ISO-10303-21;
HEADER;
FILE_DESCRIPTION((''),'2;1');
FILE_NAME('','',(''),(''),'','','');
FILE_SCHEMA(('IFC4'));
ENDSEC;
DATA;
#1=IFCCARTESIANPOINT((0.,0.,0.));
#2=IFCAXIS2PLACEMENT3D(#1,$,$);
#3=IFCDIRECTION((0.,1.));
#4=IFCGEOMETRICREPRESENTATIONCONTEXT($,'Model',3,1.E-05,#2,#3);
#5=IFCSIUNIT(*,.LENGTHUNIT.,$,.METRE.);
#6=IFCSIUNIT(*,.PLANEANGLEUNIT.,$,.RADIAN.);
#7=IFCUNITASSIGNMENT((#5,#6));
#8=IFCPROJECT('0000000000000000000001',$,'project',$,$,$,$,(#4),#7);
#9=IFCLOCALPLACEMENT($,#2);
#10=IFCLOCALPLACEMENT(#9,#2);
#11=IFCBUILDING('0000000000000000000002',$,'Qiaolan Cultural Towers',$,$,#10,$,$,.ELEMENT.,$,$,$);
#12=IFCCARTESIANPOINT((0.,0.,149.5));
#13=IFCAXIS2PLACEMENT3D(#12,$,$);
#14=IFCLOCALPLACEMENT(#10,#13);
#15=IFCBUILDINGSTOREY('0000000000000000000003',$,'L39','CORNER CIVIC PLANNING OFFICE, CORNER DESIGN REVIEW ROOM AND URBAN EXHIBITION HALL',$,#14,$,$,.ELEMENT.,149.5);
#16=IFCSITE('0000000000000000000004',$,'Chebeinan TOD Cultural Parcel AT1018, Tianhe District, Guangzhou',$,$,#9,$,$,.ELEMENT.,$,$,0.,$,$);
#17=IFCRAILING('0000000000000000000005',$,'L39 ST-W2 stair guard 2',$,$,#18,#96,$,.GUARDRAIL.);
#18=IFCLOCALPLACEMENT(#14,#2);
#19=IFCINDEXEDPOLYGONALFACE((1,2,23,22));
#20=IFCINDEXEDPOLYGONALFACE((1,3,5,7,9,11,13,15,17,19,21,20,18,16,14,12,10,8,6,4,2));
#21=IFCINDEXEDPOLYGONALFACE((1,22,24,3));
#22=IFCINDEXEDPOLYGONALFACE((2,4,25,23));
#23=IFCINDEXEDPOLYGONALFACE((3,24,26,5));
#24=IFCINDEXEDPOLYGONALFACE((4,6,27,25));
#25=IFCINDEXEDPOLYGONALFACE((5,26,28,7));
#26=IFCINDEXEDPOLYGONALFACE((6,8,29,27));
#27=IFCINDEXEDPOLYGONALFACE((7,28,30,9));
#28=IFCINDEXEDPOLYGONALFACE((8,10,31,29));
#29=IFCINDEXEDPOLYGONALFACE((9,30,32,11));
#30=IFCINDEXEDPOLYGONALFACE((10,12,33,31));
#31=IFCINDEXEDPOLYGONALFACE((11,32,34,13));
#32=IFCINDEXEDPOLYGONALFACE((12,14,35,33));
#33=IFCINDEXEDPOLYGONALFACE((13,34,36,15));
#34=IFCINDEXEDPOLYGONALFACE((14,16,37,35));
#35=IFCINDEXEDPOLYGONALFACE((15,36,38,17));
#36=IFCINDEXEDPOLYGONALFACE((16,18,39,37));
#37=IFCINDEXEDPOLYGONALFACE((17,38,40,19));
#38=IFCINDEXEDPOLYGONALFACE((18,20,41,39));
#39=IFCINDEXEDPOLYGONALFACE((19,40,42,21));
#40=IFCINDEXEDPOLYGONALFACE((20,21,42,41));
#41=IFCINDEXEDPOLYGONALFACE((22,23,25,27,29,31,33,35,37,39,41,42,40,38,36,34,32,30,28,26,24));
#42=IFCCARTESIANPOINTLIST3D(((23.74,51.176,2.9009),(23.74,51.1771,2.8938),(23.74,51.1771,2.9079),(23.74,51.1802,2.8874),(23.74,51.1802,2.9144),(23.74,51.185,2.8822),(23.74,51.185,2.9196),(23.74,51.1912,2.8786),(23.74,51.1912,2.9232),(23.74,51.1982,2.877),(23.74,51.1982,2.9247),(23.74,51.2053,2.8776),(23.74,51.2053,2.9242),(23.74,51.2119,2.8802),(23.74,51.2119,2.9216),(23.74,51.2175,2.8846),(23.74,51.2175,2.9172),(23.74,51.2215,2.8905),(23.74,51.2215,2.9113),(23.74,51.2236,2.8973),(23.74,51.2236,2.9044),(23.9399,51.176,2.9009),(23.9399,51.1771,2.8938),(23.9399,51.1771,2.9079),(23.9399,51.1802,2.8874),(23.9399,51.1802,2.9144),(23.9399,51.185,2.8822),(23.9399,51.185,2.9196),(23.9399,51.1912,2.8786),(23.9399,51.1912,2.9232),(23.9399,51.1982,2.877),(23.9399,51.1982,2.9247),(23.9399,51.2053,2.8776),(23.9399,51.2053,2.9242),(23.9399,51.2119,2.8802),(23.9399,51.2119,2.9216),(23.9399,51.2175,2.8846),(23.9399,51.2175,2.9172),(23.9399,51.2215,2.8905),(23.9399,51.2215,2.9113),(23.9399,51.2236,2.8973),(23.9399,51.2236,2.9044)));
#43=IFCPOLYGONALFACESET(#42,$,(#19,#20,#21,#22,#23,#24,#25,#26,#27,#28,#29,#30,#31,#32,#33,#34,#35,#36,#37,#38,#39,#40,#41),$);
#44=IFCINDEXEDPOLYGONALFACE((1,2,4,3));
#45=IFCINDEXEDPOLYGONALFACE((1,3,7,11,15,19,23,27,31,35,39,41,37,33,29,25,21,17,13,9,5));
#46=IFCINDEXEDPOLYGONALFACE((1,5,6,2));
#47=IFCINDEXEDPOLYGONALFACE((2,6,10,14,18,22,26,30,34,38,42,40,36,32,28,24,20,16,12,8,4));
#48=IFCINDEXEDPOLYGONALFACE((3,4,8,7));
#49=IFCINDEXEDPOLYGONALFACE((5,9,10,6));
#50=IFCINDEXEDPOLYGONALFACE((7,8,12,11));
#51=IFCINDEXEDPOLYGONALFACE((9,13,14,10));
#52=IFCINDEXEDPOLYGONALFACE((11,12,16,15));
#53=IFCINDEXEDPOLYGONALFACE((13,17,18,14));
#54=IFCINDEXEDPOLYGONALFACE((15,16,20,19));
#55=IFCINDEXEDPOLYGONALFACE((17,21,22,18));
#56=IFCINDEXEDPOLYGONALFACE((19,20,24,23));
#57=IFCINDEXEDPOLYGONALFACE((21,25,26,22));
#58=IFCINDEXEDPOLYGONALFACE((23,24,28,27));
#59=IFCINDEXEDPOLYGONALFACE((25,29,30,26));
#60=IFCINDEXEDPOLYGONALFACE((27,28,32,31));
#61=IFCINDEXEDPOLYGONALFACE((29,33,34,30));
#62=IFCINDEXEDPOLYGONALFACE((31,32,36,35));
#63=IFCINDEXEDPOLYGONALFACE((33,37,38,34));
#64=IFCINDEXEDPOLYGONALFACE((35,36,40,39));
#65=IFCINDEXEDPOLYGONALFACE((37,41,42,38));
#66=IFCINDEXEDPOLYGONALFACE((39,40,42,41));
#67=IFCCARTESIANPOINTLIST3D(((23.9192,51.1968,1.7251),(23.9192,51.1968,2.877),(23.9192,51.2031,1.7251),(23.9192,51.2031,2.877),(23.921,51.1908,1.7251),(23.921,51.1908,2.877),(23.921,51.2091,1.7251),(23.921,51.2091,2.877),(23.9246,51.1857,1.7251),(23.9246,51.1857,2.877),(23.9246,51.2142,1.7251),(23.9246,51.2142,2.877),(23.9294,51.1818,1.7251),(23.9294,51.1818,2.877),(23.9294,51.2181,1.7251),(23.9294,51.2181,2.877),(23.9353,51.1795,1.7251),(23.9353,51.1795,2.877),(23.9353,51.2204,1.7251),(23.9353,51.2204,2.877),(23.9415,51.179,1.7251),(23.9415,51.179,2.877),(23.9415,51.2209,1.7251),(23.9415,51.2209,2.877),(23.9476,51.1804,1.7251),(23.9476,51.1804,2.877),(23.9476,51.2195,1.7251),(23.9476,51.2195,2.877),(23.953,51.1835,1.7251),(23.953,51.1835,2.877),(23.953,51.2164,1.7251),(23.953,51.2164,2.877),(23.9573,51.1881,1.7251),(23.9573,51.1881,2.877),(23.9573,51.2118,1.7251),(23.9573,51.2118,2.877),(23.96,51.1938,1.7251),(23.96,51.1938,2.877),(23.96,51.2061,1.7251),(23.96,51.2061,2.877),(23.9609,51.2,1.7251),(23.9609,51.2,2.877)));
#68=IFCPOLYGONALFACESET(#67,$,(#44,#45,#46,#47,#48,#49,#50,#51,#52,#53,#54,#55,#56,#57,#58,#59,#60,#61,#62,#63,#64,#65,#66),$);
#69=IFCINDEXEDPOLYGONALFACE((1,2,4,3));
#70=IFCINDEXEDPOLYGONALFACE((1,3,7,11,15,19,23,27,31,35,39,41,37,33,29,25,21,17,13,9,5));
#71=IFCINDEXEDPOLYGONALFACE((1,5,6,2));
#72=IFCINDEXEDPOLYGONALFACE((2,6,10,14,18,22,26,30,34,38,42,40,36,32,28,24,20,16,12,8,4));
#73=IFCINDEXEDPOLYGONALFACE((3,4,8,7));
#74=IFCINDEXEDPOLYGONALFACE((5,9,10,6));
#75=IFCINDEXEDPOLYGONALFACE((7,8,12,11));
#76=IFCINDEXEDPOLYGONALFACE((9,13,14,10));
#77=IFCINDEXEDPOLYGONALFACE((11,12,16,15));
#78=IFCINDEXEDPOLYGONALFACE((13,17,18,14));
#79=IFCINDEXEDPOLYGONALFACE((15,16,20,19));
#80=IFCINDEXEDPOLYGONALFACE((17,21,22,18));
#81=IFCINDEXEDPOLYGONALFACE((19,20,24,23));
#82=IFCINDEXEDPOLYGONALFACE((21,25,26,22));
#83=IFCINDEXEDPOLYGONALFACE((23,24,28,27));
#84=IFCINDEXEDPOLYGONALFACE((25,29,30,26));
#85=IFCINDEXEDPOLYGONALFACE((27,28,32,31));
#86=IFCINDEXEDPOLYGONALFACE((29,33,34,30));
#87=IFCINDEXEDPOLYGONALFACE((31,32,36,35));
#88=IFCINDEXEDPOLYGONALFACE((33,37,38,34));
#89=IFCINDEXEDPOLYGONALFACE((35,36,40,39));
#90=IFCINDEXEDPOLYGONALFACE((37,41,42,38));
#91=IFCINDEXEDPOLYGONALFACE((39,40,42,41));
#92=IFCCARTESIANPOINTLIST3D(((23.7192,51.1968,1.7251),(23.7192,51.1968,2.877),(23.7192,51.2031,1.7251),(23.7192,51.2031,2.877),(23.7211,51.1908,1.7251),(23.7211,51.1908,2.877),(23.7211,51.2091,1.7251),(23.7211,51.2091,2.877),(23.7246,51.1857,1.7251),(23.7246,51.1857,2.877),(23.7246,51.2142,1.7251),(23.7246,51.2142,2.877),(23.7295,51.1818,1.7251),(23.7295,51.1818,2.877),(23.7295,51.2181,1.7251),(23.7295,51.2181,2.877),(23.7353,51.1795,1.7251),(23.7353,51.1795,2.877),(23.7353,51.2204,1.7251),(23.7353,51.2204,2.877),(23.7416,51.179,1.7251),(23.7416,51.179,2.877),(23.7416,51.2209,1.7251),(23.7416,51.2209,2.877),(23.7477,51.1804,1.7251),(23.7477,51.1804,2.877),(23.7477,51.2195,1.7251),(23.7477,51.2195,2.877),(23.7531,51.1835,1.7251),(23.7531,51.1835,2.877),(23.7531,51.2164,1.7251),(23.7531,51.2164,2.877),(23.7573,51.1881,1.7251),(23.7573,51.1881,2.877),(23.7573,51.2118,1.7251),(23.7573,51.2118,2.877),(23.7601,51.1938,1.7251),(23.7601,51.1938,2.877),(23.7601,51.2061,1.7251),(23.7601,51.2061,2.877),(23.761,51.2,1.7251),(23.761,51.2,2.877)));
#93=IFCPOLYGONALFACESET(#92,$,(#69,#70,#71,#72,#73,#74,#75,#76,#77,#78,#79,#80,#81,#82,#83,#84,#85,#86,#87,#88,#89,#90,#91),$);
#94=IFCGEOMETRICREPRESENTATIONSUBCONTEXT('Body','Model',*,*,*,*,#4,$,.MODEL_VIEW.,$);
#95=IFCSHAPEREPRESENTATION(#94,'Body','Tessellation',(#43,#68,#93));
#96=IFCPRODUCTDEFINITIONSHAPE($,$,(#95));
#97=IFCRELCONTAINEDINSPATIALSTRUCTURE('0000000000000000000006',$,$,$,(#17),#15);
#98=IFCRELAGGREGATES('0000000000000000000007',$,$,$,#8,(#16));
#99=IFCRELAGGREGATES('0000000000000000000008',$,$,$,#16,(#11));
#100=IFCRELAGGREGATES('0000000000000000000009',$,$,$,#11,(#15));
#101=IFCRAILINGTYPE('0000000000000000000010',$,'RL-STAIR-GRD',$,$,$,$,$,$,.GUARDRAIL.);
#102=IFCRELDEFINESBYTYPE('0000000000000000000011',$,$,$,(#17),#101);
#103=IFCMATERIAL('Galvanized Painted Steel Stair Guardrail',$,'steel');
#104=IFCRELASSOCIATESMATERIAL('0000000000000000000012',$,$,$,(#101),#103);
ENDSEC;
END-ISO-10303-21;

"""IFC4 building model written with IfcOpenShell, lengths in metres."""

from ifc_helpers import new_model, si_unit, direction, frame, origin, origin_2d, place, context, subcontext, project, spatial, circle, extrude, material, type_object, element, save


model = new_model("IFC4")

# Units and contexts
model_context = context("Model", 3, precision=1e-05, world=origin(), true_north=direction((0.0, 1.0)))
body_context = subcontext(model_context, "Body", "Model", "MODEL_VIEW")
ifc_project = project(units=[si_unit("LENGTHUNIT", "METRE"), si_unit("PLANEANGLEUNIT", "RADIAN")], contexts=[model_context])

# Site, building, storey
site_placement = place(None, origin())
site = spatial("IfcSite", under=ifc_project, at=site_placement, Name="Chebeinan TOD Cultural Parcel AT1018, Tianhe District, Guangzhou", CompositionType="ELEMENT", RefElevation=0.0)
building_placement = place(site_placement, origin())
building = spatial("IfcBuilding", under=site, at=building_placement, Name="Qiaolan Cultural Towers", CompositionType="ELEMENT")
storey_placement = place(building_placement, frame((0.0, 0.0, 149.5)))
storey = spatial("IfcBuildingStorey", under=building, at=storey_placement, Name="L39", Description="CORNER CIVIC PLANNING OFFICE, CORNER DESIGN REVIEW ROOM AND URBAN EXHIBITION HALL", CompositionType="ELEMENT", Elevation=149.5)

# Railing
ifc_material_1 = material(Name="Galvanized Painted Steel Stair Guardrail", Category="steel")
railing_type_1 = type_object("IfcRailingType", Name="RL-STAIR-GRD", PredefinedType="GUARDRAIL", material=ifc_material_1)
railing_1_placement = place(storey_placement, frame((23.9399, 51.2, 1.7251)))
element("IfcRailing", 1, at=railing_1_placement, inside=storey, type_object=railing_type_1, Name="L39 ST-W2 stair guard 2", PredefinedType="GUARDRAIL", context=body_context, shape_type="SweptSolid", body=[
    extrude(circle(Radius=0.0239, at=origin_2d()), frame((0.0, 0.0, 1.1758), z_axis=(-1.0, 0.0, 0.0), x_axis=(0.0, -1.0, 0.0)), (0.0, 0.0, 1.0), 0.2),
    extrude(circle(Radius=0.021, at=origin_2d()), origin(), (0.0, 0.0, 1.0), 1.1519),
    extrude(circle(Radius=0.021, at=origin_2d()), frame((-0.2, 0.0, 0.0)), (0.0, 0.0, 1.0), 1.1519),
])

save(model, "model.ifc")
